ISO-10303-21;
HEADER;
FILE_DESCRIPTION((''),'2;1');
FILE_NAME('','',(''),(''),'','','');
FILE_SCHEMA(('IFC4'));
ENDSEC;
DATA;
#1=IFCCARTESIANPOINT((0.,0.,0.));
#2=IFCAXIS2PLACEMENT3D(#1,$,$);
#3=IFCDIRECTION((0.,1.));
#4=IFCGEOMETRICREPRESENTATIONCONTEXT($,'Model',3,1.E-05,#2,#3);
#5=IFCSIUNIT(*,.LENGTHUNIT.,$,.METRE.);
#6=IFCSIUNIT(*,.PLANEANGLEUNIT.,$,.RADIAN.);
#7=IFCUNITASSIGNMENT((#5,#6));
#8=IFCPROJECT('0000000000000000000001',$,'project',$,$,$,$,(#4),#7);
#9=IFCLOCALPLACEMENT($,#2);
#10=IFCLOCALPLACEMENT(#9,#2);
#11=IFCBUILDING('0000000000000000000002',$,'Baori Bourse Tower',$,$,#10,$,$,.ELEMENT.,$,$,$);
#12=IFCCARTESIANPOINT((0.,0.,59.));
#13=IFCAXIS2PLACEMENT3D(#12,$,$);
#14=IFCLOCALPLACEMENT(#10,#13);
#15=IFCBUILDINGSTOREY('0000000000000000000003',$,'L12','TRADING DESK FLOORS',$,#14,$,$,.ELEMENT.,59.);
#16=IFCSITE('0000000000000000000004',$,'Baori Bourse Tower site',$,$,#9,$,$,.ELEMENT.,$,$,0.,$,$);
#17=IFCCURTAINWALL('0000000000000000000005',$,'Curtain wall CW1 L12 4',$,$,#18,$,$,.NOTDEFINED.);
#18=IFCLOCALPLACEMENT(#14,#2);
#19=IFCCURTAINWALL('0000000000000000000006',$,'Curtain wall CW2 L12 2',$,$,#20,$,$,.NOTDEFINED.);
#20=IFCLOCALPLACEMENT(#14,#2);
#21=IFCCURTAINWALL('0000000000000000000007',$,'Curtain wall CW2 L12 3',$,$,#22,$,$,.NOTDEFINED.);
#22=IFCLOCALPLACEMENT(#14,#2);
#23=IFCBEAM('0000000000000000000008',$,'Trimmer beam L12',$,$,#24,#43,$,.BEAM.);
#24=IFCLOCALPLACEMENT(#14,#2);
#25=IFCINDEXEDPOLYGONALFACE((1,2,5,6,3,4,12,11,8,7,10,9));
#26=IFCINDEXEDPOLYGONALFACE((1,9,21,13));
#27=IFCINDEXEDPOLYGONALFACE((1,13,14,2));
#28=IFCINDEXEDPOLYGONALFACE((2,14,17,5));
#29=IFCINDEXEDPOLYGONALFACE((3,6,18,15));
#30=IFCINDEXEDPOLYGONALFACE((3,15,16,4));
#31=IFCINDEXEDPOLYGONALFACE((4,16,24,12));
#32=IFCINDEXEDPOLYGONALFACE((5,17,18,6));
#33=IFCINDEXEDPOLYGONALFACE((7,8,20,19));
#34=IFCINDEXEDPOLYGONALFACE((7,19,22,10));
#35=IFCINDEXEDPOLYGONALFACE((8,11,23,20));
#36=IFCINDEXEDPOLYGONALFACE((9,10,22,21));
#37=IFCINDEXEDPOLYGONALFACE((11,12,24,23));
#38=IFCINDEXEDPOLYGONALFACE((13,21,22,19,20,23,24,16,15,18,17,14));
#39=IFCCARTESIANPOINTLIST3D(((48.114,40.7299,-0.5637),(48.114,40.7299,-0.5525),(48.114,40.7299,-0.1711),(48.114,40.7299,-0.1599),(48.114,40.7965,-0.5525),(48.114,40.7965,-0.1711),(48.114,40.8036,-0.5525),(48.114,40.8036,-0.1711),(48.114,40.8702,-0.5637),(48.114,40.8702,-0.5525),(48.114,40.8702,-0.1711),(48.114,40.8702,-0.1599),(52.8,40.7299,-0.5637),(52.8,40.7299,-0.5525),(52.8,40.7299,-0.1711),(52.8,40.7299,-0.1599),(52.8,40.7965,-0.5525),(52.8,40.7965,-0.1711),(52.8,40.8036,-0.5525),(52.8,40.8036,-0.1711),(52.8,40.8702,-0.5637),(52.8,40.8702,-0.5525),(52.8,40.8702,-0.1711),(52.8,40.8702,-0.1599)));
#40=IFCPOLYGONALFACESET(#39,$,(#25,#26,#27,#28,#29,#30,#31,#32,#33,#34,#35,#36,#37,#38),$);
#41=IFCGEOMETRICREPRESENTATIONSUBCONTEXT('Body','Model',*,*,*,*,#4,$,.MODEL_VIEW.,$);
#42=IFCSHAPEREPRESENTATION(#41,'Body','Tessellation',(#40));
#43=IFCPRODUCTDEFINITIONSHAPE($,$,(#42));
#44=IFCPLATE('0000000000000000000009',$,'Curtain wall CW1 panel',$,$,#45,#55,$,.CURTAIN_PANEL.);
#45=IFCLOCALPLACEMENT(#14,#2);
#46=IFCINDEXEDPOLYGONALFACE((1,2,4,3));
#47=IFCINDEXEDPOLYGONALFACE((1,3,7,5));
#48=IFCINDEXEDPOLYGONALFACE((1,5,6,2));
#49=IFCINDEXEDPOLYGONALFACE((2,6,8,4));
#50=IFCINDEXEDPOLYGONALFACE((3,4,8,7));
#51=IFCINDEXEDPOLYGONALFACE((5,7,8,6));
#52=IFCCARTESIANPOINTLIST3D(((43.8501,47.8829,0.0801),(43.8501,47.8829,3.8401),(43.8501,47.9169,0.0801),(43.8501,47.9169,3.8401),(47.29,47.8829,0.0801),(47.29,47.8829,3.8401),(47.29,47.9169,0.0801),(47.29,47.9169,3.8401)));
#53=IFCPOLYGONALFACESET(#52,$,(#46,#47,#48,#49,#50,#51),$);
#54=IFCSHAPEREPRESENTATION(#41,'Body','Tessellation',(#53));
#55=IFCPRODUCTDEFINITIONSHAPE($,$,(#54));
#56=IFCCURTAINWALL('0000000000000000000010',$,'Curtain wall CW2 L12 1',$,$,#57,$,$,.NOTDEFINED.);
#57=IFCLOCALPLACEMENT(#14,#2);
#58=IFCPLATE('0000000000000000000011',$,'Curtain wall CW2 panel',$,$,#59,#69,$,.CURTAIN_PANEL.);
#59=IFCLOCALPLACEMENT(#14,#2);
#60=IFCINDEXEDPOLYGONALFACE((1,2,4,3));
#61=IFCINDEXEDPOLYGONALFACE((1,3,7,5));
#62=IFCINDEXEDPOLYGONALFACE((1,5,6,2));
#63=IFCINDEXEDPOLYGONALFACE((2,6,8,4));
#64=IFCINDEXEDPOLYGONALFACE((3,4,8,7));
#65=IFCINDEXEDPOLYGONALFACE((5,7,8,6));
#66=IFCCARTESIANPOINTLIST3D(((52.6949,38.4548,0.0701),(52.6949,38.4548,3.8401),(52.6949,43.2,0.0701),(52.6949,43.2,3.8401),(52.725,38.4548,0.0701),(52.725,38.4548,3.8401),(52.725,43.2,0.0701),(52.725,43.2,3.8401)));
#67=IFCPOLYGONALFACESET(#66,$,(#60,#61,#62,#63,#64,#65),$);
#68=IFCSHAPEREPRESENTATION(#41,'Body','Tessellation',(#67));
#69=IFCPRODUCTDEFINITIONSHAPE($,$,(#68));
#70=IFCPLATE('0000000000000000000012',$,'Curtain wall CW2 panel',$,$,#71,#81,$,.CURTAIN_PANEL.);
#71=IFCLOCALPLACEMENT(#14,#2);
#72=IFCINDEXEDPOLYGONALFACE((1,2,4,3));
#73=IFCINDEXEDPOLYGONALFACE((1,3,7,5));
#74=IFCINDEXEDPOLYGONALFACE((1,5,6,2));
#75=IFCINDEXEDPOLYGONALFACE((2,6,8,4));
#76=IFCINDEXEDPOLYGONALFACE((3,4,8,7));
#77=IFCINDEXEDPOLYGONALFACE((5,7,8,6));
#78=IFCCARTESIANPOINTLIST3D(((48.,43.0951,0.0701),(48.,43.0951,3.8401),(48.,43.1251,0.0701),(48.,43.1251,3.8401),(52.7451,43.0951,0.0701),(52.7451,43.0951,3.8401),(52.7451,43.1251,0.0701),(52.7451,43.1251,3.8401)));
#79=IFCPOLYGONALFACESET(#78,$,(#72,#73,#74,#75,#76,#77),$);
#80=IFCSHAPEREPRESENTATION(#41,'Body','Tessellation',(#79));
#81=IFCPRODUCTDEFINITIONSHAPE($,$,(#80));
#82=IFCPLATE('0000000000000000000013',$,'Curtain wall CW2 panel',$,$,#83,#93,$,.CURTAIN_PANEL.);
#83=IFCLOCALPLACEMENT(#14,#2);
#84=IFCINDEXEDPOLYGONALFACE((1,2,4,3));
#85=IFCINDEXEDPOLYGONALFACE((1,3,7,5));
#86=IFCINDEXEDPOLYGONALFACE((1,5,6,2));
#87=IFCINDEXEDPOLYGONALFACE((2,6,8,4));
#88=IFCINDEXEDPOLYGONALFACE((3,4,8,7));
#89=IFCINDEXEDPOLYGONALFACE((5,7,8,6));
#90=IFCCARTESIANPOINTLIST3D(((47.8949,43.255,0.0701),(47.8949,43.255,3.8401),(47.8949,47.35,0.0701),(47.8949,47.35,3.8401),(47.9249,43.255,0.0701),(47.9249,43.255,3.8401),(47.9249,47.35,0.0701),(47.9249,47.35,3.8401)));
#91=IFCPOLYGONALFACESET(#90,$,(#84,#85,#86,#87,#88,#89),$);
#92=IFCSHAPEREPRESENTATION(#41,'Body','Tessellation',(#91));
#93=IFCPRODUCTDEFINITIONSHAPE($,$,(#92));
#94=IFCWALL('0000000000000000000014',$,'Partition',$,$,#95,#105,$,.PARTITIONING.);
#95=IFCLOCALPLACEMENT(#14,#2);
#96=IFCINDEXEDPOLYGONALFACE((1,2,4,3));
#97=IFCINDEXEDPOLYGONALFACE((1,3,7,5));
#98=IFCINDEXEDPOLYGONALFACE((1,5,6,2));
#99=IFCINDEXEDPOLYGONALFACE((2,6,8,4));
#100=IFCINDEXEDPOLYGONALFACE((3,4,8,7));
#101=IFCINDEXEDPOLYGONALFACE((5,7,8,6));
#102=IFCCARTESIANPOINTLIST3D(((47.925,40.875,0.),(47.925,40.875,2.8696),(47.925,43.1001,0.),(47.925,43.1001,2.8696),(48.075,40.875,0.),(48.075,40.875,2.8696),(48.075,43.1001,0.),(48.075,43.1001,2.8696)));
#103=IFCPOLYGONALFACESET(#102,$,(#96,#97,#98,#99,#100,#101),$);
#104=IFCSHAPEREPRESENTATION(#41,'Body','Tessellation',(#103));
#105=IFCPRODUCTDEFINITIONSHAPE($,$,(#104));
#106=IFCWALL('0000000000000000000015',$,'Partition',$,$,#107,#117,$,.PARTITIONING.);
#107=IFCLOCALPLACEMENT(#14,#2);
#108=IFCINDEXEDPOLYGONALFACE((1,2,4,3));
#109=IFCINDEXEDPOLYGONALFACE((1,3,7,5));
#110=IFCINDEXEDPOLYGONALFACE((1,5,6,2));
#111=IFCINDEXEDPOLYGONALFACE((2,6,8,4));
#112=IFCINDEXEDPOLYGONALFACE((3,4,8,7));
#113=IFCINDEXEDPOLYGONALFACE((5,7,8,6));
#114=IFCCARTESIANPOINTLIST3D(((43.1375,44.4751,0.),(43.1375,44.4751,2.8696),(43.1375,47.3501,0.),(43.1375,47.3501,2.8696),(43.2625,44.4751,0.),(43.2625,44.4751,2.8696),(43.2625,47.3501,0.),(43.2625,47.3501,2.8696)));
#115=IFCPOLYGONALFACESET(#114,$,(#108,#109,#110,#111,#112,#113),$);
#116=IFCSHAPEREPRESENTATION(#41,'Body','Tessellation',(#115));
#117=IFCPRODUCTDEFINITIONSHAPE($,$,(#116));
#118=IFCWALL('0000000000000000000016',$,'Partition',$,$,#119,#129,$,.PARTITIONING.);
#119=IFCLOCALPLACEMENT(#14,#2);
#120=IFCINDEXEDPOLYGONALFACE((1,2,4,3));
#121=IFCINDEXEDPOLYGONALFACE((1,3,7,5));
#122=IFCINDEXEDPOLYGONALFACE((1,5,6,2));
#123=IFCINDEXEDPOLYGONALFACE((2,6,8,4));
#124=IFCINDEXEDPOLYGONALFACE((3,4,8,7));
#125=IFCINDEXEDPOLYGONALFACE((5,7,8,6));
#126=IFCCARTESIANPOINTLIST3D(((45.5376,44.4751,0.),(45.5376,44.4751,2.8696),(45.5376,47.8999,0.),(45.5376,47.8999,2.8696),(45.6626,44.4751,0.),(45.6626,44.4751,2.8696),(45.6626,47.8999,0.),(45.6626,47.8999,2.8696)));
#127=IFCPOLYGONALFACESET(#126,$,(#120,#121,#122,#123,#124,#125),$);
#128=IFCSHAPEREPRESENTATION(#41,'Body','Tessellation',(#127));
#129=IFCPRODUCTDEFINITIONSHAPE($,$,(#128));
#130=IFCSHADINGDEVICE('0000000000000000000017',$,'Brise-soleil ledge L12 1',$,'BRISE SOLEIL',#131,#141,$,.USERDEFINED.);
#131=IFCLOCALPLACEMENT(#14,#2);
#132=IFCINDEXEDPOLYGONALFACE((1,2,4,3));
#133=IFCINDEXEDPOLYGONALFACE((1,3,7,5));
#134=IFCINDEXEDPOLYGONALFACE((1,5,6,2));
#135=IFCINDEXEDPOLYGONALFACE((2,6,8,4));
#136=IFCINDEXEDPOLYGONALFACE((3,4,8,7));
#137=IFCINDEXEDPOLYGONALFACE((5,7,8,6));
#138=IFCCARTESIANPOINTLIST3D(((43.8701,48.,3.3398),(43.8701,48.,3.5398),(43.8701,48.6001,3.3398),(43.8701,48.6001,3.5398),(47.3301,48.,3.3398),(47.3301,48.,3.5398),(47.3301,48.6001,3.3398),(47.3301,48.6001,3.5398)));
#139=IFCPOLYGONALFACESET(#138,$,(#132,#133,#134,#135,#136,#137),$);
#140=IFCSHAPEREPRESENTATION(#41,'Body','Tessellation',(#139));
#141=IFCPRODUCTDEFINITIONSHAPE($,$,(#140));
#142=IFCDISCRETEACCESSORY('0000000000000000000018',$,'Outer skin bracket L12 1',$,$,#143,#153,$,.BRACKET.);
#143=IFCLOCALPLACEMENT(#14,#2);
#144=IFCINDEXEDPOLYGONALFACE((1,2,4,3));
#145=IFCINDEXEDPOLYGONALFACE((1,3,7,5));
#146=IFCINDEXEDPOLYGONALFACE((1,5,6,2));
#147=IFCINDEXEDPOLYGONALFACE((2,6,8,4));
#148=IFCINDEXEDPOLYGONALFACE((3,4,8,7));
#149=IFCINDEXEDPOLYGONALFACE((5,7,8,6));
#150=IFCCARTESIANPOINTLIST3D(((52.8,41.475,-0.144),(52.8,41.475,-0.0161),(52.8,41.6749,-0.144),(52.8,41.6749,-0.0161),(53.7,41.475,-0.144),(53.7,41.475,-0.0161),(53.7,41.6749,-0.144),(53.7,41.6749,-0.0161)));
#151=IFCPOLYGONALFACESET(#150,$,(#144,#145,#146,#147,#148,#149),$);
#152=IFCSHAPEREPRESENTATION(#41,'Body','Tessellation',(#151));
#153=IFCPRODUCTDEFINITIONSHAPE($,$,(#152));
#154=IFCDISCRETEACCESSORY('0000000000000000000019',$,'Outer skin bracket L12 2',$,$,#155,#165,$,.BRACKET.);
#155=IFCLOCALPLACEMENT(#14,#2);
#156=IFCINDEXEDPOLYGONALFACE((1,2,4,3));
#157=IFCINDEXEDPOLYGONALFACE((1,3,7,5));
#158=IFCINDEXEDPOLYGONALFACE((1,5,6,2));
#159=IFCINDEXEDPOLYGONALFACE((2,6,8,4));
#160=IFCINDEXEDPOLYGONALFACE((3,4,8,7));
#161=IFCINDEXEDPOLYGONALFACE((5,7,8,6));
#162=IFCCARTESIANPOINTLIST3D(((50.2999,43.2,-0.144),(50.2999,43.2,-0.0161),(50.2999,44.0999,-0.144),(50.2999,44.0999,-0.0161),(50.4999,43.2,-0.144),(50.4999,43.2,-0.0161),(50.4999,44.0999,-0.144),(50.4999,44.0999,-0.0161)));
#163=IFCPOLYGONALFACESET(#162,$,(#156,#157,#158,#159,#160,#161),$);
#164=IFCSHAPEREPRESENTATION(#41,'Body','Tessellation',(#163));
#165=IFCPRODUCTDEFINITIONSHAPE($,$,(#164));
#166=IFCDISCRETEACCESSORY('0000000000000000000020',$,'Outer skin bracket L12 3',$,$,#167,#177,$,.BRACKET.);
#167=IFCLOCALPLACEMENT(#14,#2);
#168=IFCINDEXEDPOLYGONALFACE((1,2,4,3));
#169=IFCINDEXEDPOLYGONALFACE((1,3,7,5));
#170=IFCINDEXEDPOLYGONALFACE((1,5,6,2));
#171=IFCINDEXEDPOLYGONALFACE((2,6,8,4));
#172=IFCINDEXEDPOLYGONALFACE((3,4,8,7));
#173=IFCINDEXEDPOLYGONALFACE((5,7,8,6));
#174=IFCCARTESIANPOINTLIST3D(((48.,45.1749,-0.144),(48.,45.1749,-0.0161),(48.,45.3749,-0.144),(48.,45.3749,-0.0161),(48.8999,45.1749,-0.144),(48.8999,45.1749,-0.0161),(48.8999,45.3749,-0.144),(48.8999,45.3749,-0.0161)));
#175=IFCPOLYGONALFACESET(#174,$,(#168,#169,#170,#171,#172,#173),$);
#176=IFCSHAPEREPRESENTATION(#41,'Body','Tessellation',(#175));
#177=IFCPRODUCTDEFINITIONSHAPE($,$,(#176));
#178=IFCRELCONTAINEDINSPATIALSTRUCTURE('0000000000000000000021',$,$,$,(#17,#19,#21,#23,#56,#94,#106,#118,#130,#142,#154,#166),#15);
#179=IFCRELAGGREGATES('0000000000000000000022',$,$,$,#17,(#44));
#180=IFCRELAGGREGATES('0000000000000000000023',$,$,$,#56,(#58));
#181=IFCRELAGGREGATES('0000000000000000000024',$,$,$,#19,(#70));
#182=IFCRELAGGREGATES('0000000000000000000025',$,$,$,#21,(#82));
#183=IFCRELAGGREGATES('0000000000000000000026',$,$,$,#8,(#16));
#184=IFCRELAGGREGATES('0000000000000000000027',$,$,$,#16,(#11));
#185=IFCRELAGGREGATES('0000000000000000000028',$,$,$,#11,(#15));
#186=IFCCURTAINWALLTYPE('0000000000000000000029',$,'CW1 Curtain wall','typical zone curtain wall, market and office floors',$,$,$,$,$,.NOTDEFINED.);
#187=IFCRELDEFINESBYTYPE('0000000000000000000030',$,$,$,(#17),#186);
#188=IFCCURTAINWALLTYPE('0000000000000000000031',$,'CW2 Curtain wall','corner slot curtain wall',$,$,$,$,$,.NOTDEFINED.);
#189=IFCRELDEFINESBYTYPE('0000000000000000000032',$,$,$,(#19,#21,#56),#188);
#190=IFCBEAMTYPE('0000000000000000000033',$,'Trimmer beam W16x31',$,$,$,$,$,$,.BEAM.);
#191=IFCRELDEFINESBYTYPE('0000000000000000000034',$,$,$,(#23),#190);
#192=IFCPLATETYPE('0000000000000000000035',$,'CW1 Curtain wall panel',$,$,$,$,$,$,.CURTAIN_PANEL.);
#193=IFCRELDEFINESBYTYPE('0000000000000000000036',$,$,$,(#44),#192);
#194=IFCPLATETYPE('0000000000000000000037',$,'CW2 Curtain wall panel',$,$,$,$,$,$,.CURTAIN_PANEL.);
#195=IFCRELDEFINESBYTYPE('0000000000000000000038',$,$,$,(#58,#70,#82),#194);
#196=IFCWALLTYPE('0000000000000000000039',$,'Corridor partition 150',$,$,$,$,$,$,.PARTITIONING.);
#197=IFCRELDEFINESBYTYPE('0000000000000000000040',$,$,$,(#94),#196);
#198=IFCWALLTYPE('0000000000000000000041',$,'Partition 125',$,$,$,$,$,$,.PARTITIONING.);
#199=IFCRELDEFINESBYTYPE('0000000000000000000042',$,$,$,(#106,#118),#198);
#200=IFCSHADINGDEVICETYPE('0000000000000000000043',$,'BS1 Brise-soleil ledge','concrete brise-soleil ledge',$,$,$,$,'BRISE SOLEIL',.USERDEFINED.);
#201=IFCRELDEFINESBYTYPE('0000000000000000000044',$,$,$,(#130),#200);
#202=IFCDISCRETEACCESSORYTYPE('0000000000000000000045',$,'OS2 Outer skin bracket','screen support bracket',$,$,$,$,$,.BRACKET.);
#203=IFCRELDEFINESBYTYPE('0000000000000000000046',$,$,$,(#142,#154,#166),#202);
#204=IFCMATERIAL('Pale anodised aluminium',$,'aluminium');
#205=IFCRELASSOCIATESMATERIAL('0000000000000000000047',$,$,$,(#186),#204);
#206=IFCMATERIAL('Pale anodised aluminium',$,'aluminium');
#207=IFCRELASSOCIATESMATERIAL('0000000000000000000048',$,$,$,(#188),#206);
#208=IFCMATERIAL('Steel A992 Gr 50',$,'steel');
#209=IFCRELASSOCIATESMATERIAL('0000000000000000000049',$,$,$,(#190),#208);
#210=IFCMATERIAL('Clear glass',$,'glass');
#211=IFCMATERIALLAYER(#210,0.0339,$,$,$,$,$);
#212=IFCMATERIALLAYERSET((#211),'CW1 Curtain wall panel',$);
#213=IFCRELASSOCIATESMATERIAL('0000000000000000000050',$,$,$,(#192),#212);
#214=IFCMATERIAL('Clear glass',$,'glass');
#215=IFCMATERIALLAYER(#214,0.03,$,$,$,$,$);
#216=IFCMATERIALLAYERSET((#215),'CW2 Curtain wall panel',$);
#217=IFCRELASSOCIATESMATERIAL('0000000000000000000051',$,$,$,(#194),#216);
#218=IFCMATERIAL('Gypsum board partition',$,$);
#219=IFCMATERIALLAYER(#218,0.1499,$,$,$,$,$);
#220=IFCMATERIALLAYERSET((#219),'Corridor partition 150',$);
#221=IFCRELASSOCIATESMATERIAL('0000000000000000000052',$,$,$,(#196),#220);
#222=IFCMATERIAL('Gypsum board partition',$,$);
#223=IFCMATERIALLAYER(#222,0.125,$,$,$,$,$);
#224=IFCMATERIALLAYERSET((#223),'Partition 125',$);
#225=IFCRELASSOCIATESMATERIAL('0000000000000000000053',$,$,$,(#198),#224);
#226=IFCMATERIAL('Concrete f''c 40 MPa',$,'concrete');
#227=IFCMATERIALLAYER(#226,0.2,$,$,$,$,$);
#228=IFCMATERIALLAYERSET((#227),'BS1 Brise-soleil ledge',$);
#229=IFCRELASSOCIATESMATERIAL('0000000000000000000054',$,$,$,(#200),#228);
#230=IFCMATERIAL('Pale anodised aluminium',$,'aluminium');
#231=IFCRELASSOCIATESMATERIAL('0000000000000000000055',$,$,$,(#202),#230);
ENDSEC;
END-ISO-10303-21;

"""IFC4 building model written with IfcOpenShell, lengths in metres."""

from ifc_helpers import new_model, si_unit, direction, frame, frame_2d, origin, origin_2d, place, context, subcontext, project, spatial, rectangle, i_section, extrude, material, layer, layer_set, material_profile, profile_set, type_object, element, aggregate, save


model = new_model("IFC4")

# Units and contexts
model_context = context("Model", 3, precision=1e-05, world=origin(), true_north=direction((0.0, 1.0)))
body_context = subcontext(model_context, "Body", "Model", "MODEL_VIEW")
ifc_project = project(units=[si_unit("LENGTHUNIT", "METRE"), si_unit("PLANEANGLEUNIT", "RADIAN")], contexts=[model_context])

# Site, building, storey
site_placement = place(None, origin())
site = spatial("IfcSite", under=ifc_project, at=site_placement, Name="Baori Bourse Tower site", CompositionType="ELEMENT", RefElevation=0.0)
building_placement = place(site_placement, origin())
building = spatial("IfcBuilding", under=site, at=building_placement, Name="Baori Bourse Tower", CompositionType="ELEMENT")
storey_placement = place(building_placement, frame((0.0, 0.0, 59.0)))
storey = spatial("IfcBuildingStorey", under=building, at=storey_placement, Name="L12", Description="TRADING DESK FLOORS", CompositionType="ELEMENT", Elevation=59.0)

# Curtain wall
ifc_material_1 = material(Name="Pale anodised aluminium", Category="aluminium")
curtain_wall_type_1 = type_object("IfcCurtainWallType", Name="CW1 Curtain wall", Description="typical zone curtain wall, market and office floors", PredefinedType="NOTDEFINED", material=ifc_material_1)
curtain_wall_1_placement = place(storey_placement, origin())
curtain_wall_1 = element("IfcCurtainWall", 1, at=curtain_wall_1_placement, inside=storey, type_object=curtain_wall_type_1, Name="Curtain wall CW1 L12 4", PredefinedType="NOTDEFINED")

# Curtain walls
ifc_material_2 = material(Name="Pale anodised aluminium", Category="aluminium")
curtain_wall_type_2 = type_object("IfcCurtainWallType", Name="CW2 Curtain wall", Description="corner slot curtain wall", PredefinedType="NOTDEFINED", material=ifc_material_2)
curtain_wall_2_placement = place(storey_placement, origin())
curtain_wall_2 = element("IfcCurtainWall", 2, at=curtain_wall_2_placement, inside=storey, type_object=curtain_wall_type_2, Name="Curtain wall CW2 L12 2", PredefinedType="NOTDEFINED")
curtain_wall_3_placement = place(storey_placement, origin())
curtain_wall_3 = element("IfcCurtainWall", 3, at=curtain_wall_3_placement, inside=storey, type_object=curtain_wall_type_2, Name="Curtain wall CW2 L12 3", PredefinedType="NOTDEFINED")

# Beam
ifc_material_3 = material(Name="Steel A992 Gr 50", Category="steel")
ifc_material_profile_1 = material_profile(ifc_material_3, i_section(OverallWidth=0.1404, OverallDepth=0.4038, WebThickness=0.0071, FlangeThickness=0.0112, at=origin_2d()), Name="W16x31")
ifc_profile_set_1 = profile_set([ifc_material_profile_1], Name="Steel A992 Gr 50")
beam_type_1 = type_object("IfcBeamType", Name="Trimmer beam W16x31", PredefinedType="BEAM", material=ifc_profile_set_1)
beam_1_placement = place(storey_placement, frame((48.114, 40.8, -0.3618), z_axis=(1.0, 0.0, 0.0), x_axis=(0.0, 1.0, 0.0)))
element("IfcBeam", 4, at=beam_1_placement, inside=storey, type_object=beam_type_1, Name="Trimmer beam L12", PredefinedType="BEAM", context=body_context, shape_type="SweptSolid", body=[
    extrude(i_section(OverallWidth=0.1404, OverallDepth=0.4038, WebThickness=0.0071, FlangeThickness=0.0112, at=origin_2d()), origin(), (0.0, 0.0, 1.0), 4.686),
])

# Plate
ifc_material_4 = material(Name="Clear glass", Category="glass")
ifc_layer_1 = layer(ifc_material_4, 0.0339)
ifc_layer_set_1 = layer_set([ifc_layer_1], Name="CW1 Curtain wall panel")
plate_type_1 = type_object("IfcPlateType", Name="CW1 Curtain wall panel", PredefinedType="CURTAIN_PANEL", material=ifc_layer_set_1)
plate_1_placement = place(storey_placement, frame((45.5701, 47.8999, 0.0801), z_axis=(0.0, 0.0, 1.0), x_axis=(-1.0, 0.0, 0.0)))
plate_1 = element("IfcPlate", 5, at=plate_1_placement, type_object=plate_type_1, Name="Curtain wall CW1 panel", PredefinedType="CURTAIN_PANEL", context=body_context, shape_type="SweptSolid", body=[
    extrude(rectangle(XDim=3.4399, YDim=0.0339, at=origin_2d()), origin(), (0.0, 0.0, 1.0), 3.76),
])
aggregate(curtain_wall_1, [plate_1])

# Curtain wall, plate
curtain_wall_4_placement = place(storey_placement, origin())
curtain_wall_4 = element("IfcCurtainWall", 6, at=curtain_wall_4_placement, inside=storey, type_object=curtain_wall_type_2, Name="Curtain wall CW2 L12 1", PredefinedType="NOTDEFINED")
ifc_material_5 = material(Name="Clear glass", Category="glass")
ifc_layer_2 = layer(ifc_material_5, 0.03)
ifc_layer_set_2 = layer_set([ifc_layer_2], Name="CW2 Curtain wall panel")
plate_type_2 = type_object("IfcPlateType", Name="CW2 Curtain wall panel", PredefinedType="CURTAIN_PANEL", material=ifc_layer_set_2)
plate_2_placement = place(storey_placement, frame((52.71, 40.8274, 0.0701), z_axis=(0.0, 0.0, 1.0), x_axis=(0.0, 1.0, 0.0)))
plate_2 = element("IfcPlate", 7, at=plate_2_placement, type_object=plate_type_2, Name="Curtain wall CW2 panel", PredefinedType="CURTAIN_PANEL", context=body_context, shape_type="SweptSolid", body=[
    extrude(rectangle(XDim=4.7451, YDim=0.03, at=origin_2d()), origin(), (0.0, 0.0, 1.0), 3.77),
])
aggregate(curtain_wall_4, [plate_2])

# Plates
plate_3_placement = place(storey_placement, frame((50.3726, 43.1101, 0.0701), z_axis=(0.0, 0.0, 1.0), x_axis=(-1.0, 0.0, 0.0)))
plate_3 = element("IfcPlate", 8, at=plate_3_placement, type_object=plate_type_2, Name="Curtain wall CW2 panel", PredefinedType="CURTAIN_PANEL", context=body_context, shape_type="SweptSolid", body=[
    extrude(rectangle(XDim=4.7451, YDim=0.03, at=origin_2d()), origin(), (0.0, 0.0, 1.0), 3.77),
])
aggregate(curtain_wall_2, [plate_3])
plate_4_placement = place(storey_placement, frame((47.9099, 45.3025, 0.0701), z_axis=(0.0, 0.0, 1.0), x_axis=(0.0, 1.0, 0.0)))
plate_4 = element("IfcPlate", 9, at=plate_4_placement, type_object=plate_type_2, Name="Curtain wall CW2 panel", PredefinedType="CURTAIN_PANEL", context=body_context, shape_type="SweptSolid", body=[
    extrude(rectangle(XDim=4.095, YDim=0.03, at=origin_2d()), origin(), (0.0, 0.0, 1.0), 3.77),
])
aggregate(curtain_wall_3, [plate_4])

# Walls
ifc_material_6 = material(Name="Gypsum board partition")
ifc_layer_3 = layer(ifc_material_6, 0.1499)
ifc_layer_set_3 = layer_set([ifc_layer_3], Name="Corridor partition 150")
wall_type_1 = type_object("IfcWallType", Name="Corridor partition 150", PredefinedType="PARTITIONING", material=ifc_layer_set_3)
wall_1_placement = place(storey_placement, frame((48.0, 40.875, 0.0), z_axis=(0.0, 0.0, 1.0), x_axis=(0.0, 1.0, 0.0)))
element("IfcWall", 10, at=wall_1_placement, inside=storey, type_object=wall_type_1, Name="Partition", PredefinedType="PARTITIONING", context=body_context, shape_type="SweptSolid", body=[
    extrude(rectangle(XDim=2.2251, YDim=0.1499, at=frame_2d((1.1125, 0.0))), origin(), (0.0, 0.0, 1.0), 2.8696),
])
ifc_material_7 = material(Name="Gypsum board partition")
ifc_layer_4 = layer(ifc_material_7, 0.125)
ifc_layer_set_4 = layer_set([ifc_layer_4], Name="Partition 125")
wall_type_2 = type_object("IfcWallType", Name="Partition 125", PredefinedType="PARTITIONING", material=ifc_layer_set_4)
wall_2_placement = place(storey_placement, frame((43.2, 44.4751, 0.0), z_axis=(0.0, 0.0, 1.0), x_axis=(0.0, 1.0, 0.0)))
element("IfcWall", 11, at=wall_2_placement, inside=storey, type_object=wall_type_2, Name="Partition", PredefinedType="PARTITIONING", context=body_context, shape_type="SweptSolid", body=[
    extrude(rectangle(XDim=2.875, YDim=0.125, at=frame_2d((1.4375, 0.0))), origin(), (0.0, 0.0, 1.0), 2.8696),
])
wall_3_placement = place(storey_placement, frame((45.6001, 44.4751, 0.0), z_axis=(0.0, 0.0, 1.0), x_axis=(0.0, 1.0, 0.0)))
element("IfcWall", 12, at=wall_3_placement, inside=storey, type_object=wall_type_2, Name="Partition", PredefinedType="PARTITIONING", context=body_context, shape_type="SweptSolid", body=[
    extrude(rectangle(XDim=3.4248, YDim=0.125, at=frame_2d((1.7124, 0.0))), origin(), (0.0, 0.0, 1.0), 2.8696),
])

# Shading device
ifc_material_8 = material(Name="Concrete f'c 40 MPa", Category="concrete")
ifc_layer_5 = layer(ifc_material_8, 0.2)
ifc_layer_set_5 = layer_set([ifc_layer_5], Name="BS1 Brise-soleil ledge")
shading_device_type = type_object("IfcShadingDeviceType", Name="BS1 Brise-soleil ledge", Description="concrete brise-soleil ledge", ElementType="BRISE SOLEIL", PredefinedType="USERDEFINED", material=ifc_layer_set_5)
shading_device_placement = place(storey_placement, frame((45.6001, 48.3, 3.3398), z_axis=(0.0, 0.0, 1.0), x_axis=(-1.0, 0.0, 0.0)))
element("IfcShadingDevice", 13, at=shading_device_placement, inside=storey, type_object=shading_device_type, Name="Brise-soleil ledge L12 1", ObjectType="BRISE SOLEIL", PredefinedType="USERDEFINED", context=body_context, shape_type="SweptSolid", body=[
    extrude(rectangle(XDim=3.46, YDim=0.6001, at=origin_2d()), origin(), (0.0, 0.0, 1.0), 0.2),
])

# Discrete accessories
ifc_material_9 = material(Name="Pale anodised aluminium", Category="aluminium")
discrete_accessory_type = type_object("IfcDiscreteAccessoryType", Name="OS2 Outer skin bracket", Description="screen support bracket", PredefinedType="BRACKET", material=ifc_material_9)
for number, where, z_axis, x_axis, name in (
    (14, (53.25, 41.575, -0.144), (0.0, 0.0, 1.0), (0.0, 1.0, 0.0), "Outer skin bracket L12 1"),
    (15, (50.3999, 43.6499, -0.144), (0.0, 0.0, 1.0), (-1.0, 0.0, 0.0), "Outer skin bracket L12 2"),
    (16, (48.45, 45.2749, -0.144), (0.0, 0.0, 1.0), (0.0, 1.0, 0.0), "Outer skin bracket L12 3"),
):
    element("IfcDiscreteAccessory", number, at=place(storey_placement, frame(where, z_axis=z_axis, x_axis=x_axis)), inside=storey, type_object=discrete_accessory_type, Name=name, PredefinedType="BRACKET", context=body_context, shape_type="SweptSolid", body=[
        extrude(rectangle(XDim=0.2, YDim=0.8999, at=origin_2d()), origin(), (0.0, 0.0, 1.0), 0.1279),
    ])

save(model, "model.ifc")
